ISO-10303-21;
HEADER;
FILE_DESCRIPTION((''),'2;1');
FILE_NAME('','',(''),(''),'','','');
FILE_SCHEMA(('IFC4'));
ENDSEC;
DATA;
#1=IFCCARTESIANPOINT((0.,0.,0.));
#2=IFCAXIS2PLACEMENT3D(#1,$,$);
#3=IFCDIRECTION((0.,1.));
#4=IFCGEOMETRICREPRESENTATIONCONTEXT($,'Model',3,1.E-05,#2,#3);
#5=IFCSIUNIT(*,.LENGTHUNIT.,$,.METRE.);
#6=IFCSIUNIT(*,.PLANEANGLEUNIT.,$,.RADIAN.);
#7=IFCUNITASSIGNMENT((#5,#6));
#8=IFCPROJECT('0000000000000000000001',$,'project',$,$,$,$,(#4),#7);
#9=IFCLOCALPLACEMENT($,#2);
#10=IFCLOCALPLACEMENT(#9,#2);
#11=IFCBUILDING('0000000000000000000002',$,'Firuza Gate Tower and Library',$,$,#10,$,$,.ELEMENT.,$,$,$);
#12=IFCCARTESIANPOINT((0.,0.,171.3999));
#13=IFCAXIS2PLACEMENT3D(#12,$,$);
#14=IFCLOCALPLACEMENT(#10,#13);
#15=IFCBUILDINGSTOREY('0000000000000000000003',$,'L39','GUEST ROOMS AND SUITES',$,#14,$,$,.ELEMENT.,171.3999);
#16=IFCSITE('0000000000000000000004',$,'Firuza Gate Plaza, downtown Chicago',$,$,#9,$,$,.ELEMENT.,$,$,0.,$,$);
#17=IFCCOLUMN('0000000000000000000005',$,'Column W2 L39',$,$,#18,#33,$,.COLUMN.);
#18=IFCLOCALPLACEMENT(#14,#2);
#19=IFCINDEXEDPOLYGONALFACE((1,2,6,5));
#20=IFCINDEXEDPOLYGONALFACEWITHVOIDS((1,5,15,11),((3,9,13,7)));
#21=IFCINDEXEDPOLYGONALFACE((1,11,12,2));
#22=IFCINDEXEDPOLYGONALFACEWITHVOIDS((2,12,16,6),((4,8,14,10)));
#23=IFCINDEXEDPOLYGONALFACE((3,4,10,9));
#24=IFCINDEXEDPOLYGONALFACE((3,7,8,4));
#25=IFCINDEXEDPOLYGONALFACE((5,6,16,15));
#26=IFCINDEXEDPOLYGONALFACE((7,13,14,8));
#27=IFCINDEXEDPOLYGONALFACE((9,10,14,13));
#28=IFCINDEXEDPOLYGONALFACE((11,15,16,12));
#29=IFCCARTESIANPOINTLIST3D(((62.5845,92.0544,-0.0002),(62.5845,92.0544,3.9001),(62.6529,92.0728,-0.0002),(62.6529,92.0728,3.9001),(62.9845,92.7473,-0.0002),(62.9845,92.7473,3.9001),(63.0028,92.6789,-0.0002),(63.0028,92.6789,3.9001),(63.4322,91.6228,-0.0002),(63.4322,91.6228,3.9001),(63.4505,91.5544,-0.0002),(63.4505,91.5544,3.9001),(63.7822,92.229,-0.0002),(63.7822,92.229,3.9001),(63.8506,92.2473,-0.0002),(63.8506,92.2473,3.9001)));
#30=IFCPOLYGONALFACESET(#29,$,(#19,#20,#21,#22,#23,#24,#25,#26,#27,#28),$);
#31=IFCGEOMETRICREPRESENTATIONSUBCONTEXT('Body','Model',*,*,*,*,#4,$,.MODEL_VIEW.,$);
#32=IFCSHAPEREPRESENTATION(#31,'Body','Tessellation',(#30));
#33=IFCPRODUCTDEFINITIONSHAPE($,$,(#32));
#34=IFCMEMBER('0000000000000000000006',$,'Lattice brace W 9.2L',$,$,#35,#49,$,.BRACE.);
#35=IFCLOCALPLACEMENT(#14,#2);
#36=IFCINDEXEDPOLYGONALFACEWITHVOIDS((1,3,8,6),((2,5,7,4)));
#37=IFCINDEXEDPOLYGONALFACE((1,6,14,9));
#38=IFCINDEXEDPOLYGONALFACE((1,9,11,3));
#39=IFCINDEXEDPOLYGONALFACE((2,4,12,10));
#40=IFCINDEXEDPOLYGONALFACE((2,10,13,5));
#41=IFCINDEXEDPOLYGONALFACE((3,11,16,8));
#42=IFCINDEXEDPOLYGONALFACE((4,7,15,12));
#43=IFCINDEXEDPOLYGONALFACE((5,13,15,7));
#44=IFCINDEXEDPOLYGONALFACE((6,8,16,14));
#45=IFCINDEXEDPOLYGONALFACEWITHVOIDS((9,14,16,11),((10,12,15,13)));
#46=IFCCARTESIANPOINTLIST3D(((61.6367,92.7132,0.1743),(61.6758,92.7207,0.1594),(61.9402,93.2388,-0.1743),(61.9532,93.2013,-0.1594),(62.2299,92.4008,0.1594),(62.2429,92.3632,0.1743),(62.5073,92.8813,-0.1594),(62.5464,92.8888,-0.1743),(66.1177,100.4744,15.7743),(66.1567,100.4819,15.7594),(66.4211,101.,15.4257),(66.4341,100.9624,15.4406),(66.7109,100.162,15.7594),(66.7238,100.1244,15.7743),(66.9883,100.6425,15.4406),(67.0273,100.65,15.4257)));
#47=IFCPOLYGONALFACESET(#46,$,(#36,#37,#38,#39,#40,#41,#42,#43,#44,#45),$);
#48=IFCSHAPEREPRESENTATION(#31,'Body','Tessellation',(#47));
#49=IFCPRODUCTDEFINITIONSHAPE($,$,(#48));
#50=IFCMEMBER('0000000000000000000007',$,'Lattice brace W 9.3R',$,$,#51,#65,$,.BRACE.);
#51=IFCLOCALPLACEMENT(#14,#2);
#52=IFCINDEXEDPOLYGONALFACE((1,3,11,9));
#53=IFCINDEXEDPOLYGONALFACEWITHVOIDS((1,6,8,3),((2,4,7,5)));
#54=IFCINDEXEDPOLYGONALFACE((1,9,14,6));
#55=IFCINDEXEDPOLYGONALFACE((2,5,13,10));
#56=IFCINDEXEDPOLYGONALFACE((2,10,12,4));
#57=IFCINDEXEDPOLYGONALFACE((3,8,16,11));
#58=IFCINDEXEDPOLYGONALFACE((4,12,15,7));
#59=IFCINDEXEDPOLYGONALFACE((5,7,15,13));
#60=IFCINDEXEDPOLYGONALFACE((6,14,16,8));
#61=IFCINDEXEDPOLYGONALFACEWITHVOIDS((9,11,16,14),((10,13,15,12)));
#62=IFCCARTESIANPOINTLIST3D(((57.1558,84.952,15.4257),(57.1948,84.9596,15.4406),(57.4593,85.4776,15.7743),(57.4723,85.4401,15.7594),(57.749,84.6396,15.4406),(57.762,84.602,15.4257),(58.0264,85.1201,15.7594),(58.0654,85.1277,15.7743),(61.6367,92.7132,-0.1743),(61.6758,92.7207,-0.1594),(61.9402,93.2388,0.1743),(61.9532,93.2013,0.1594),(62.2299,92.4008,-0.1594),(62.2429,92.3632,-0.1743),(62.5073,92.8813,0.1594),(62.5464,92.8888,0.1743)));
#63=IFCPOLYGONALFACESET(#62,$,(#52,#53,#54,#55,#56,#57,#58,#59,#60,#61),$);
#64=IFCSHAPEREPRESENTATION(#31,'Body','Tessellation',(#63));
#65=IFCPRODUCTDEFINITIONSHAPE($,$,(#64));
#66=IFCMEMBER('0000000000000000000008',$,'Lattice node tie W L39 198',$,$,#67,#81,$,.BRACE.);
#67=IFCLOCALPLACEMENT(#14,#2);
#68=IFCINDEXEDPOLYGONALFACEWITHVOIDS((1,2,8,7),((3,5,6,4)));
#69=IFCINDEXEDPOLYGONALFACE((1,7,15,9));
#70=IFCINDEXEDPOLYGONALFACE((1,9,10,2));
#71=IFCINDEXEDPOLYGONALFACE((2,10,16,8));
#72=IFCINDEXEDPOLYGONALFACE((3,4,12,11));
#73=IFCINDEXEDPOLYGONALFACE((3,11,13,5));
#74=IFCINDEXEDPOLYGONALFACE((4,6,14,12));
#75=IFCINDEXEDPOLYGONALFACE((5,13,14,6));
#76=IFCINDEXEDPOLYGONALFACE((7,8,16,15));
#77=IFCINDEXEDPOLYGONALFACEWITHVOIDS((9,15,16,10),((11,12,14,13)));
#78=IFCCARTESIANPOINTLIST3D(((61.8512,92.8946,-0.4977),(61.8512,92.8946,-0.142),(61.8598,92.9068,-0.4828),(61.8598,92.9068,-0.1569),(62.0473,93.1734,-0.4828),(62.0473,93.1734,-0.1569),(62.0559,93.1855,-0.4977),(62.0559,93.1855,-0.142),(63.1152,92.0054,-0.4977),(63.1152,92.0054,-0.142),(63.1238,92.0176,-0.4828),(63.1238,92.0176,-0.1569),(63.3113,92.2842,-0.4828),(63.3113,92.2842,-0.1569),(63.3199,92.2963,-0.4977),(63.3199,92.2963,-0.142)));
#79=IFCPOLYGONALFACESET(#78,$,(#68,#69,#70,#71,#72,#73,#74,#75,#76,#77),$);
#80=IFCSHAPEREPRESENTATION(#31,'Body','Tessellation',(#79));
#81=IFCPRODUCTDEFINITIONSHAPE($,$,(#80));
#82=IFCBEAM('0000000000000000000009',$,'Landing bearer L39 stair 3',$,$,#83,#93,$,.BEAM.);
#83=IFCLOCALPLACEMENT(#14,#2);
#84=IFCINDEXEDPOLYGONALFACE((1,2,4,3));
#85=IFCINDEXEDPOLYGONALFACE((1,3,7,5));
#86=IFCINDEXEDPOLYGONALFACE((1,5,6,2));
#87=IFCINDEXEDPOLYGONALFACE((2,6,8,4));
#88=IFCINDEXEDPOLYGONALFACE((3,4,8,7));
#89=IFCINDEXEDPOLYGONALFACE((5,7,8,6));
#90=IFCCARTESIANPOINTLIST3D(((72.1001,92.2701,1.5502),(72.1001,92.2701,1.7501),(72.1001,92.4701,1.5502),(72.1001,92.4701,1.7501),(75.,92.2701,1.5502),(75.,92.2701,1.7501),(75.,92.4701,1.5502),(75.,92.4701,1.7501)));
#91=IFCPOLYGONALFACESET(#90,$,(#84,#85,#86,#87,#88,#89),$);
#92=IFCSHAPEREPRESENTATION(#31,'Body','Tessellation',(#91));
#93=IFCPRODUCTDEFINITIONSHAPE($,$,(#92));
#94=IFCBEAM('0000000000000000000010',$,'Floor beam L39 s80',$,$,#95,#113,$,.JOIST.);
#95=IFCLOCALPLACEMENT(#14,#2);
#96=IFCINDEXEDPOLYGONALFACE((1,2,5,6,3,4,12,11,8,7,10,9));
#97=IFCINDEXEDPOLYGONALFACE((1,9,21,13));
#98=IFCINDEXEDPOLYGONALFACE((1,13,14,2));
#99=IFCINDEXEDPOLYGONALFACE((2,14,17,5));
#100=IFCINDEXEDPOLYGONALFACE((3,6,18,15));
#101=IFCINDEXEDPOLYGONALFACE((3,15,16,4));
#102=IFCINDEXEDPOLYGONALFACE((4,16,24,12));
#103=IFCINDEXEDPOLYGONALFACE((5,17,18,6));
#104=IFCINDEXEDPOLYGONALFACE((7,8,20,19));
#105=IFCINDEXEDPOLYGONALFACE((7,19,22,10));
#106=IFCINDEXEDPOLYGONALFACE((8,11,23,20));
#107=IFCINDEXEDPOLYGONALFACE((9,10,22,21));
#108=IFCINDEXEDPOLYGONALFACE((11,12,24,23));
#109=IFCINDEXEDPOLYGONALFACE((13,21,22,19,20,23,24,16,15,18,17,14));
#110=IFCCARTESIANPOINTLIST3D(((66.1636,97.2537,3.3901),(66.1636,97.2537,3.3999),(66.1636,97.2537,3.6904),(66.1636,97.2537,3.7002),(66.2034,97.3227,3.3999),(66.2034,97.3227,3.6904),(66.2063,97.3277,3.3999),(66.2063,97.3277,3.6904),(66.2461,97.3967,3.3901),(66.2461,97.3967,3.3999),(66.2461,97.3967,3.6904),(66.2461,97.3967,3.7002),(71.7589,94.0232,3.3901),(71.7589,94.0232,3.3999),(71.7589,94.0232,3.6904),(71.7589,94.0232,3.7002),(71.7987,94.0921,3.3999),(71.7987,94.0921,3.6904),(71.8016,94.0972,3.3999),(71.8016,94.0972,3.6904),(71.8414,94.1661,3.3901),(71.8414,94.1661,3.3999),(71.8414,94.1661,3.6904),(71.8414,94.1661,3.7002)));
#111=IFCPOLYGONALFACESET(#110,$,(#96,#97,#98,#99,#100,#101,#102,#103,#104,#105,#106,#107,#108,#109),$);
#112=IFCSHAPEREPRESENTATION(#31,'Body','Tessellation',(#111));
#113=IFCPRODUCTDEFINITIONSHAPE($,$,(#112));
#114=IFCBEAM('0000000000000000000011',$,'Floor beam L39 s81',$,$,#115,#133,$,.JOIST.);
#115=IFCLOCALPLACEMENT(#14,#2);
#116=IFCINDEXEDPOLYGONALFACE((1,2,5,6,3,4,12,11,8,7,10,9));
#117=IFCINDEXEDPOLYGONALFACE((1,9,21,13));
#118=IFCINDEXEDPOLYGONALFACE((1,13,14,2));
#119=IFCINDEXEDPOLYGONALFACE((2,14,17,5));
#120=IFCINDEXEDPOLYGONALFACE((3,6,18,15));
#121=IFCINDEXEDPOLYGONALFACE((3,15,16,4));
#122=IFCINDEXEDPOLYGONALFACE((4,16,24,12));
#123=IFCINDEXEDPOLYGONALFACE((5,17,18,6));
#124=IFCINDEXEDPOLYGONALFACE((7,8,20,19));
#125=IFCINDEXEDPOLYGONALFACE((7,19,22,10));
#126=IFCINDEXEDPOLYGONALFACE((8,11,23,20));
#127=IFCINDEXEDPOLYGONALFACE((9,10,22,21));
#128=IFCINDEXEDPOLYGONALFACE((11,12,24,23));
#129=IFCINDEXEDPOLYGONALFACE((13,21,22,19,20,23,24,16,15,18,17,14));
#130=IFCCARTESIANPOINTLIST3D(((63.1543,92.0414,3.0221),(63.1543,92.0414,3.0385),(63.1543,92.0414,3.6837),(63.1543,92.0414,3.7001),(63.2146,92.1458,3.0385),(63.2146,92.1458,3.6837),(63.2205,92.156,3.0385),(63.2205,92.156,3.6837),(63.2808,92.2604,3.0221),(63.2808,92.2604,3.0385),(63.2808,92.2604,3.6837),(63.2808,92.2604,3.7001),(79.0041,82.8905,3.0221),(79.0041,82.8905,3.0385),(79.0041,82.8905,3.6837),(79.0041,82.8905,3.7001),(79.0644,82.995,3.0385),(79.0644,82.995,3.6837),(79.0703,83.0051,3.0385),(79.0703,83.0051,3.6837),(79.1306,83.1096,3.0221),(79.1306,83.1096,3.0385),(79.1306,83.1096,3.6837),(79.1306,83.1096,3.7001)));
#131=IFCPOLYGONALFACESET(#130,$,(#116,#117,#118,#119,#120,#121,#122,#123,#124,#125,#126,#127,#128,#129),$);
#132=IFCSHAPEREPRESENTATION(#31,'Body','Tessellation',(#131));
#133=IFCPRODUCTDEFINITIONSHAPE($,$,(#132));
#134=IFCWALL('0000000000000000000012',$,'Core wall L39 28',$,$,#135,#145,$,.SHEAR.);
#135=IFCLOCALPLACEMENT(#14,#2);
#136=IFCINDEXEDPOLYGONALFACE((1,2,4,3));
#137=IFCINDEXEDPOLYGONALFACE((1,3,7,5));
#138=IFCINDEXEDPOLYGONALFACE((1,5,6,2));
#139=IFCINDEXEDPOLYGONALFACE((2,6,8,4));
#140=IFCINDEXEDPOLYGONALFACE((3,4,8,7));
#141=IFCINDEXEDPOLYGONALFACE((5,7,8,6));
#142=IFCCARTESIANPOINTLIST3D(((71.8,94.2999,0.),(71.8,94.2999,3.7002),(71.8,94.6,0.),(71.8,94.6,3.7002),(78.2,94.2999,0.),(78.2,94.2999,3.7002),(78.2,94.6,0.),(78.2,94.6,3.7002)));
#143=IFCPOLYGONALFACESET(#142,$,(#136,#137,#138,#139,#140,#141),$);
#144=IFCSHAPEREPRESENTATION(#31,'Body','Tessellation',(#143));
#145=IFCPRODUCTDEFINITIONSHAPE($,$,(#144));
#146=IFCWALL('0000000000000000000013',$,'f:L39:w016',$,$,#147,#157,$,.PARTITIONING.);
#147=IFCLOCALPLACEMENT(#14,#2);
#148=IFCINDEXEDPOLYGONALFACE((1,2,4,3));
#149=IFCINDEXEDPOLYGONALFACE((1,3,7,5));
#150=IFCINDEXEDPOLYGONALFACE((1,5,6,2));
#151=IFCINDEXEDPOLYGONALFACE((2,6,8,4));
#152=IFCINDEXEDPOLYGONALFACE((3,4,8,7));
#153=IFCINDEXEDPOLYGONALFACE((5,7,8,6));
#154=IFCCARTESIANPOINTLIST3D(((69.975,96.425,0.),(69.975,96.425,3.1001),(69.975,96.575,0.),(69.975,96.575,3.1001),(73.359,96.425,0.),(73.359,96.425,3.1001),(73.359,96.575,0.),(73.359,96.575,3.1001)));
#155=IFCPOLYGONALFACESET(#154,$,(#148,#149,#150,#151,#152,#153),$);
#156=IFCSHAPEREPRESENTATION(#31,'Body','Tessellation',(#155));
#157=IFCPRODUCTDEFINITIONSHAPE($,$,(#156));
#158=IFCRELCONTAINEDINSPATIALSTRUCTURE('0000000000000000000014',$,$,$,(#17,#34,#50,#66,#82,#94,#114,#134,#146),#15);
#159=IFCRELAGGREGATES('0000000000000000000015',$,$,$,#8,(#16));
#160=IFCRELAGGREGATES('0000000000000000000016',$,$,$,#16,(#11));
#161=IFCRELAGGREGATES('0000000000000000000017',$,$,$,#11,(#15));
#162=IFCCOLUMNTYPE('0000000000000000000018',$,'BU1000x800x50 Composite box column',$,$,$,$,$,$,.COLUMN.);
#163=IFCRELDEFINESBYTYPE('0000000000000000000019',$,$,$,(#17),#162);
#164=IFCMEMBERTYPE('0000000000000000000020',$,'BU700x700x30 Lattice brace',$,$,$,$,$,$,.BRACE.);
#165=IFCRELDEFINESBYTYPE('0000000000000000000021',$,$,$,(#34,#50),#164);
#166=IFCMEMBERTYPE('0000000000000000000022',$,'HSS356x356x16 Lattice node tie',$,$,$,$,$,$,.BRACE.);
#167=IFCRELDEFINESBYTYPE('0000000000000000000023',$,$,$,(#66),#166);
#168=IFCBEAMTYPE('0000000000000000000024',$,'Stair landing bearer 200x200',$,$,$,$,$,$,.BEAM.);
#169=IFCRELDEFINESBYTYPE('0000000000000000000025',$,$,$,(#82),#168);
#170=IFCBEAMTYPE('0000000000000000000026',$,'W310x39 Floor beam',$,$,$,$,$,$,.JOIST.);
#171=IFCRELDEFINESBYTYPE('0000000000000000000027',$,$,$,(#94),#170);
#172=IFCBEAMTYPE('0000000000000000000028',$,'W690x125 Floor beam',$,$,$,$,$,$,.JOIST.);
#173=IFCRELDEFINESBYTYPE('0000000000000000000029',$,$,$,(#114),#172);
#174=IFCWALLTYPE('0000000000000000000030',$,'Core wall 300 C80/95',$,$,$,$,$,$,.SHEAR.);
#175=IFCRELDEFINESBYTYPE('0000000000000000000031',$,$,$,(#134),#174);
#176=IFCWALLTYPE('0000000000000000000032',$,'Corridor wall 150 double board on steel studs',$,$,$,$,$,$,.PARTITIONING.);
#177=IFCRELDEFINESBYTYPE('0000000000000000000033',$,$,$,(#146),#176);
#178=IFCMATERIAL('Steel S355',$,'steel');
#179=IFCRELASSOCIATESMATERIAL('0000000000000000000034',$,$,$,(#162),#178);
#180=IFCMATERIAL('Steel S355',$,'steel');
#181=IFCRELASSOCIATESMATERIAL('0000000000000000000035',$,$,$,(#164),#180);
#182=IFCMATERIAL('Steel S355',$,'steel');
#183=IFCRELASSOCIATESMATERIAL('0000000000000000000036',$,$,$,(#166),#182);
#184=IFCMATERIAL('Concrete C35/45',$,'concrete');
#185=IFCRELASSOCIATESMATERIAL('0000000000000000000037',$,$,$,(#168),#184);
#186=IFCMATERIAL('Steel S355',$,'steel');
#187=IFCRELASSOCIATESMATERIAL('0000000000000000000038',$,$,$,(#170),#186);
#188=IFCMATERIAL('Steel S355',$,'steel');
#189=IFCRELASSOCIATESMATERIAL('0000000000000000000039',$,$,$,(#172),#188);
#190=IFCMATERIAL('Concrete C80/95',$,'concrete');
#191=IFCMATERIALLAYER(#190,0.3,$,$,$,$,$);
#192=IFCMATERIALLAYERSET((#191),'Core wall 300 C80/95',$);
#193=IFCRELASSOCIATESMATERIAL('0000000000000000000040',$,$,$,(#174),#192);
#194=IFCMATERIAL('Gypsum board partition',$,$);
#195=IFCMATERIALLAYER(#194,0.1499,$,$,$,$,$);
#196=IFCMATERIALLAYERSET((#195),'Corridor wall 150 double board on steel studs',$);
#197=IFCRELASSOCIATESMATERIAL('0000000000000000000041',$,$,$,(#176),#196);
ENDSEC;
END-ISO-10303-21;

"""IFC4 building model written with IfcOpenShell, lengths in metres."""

from ifc_helpers import new_model, si_unit, direction, frame, frame_2d, origin, origin_2d, place, context, subcontext, project, spatial, rectangle, hollow_rectangle, i_section, extrude, material, layer, layer_set, material_profile, profile_set, type_object, element, save


model = new_model("IFC4")

# Units and contexts
model_context = context("Model", 3, precision=1e-05, world=origin(), true_north=direction((0.0, 1.0)))
body_context = subcontext(model_context, "Body", "Model", "MODEL_VIEW")
ifc_project = project(units=[si_unit("LENGTHUNIT", "METRE"), si_unit("PLANEANGLEUNIT", "RADIAN")], contexts=[model_context])

# Site, building, storey
site_placement = place(None, origin())
site = spatial("IfcSite", under=ifc_project, at=site_placement, Name="Firuza Gate Plaza, downtown Chicago", CompositionType="ELEMENT", RefElevation=0.0)
building_placement = place(site_placement, origin())
building = spatial("IfcBuilding", under=site, at=building_placement, Name="Firuza Gate Tower and Library", CompositionType="ELEMENT")
storey_placement = place(building_placement, frame((0.0, 0.0, 171.3999)))
storey = spatial("IfcBuildingStorey", under=building, at=storey_placement, Name="L39", Description="GUEST ROOMS AND SUITES", CompositionType="ELEMENT", Elevation=171.3999)

# Column
ifc_material_1 = material(Name="Steel S355", Category="steel")
ifc_material_profile_1 = material_profile(ifc_material_1, hollow_rectangle(XDim=0.8, YDim=1.0, WallThickness=0.05, at=origin_2d()))
ifc_profile_set_1 = profile_set([ifc_material_profile_1], Name="Steel S355")
column_type = type_object("IfcColumnType", Name="BU1000x800x50 Composite box column", PredefinedType="COLUMN", material=ifc_profile_set_1)
column_placement = place(storey_placement, frame((63.2175, 92.1509, -0.0002), z_axis=(0.0, 0.0, 1.0), x_axis=(-0.5, -0.866025, 0.0)))
element("IfcColumn", 1, at=column_placement, inside=storey, type_object=column_type, Name="Column W2 L39", PredefinedType="COLUMN", context=body_context, shape_type="SweptSolid", body=[
    extrude(hollow_rectangle(XDim=0.8, YDim=1.0, WallThickness=0.05, at=origin_2d()), origin(), (0.0, 0.0, 1.0), 3.9004),
])

# Members
ifc_material_2 = material(Name="Steel S355", Category="steel")
ifc_material_profile_2 = material_profile(ifc_material_2, hollow_rectangle(XDim=0.7, YDim=0.7, WallThickness=0.03, at=origin_2d()))
ifc_profile_set_2 = profile_set([ifc_material_profile_2], Name="Steel S355")
member_type_1 = type_object("IfcMemberType", Name="BU700x700x30 Lattice brace", PredefinedType="BRACE", material=ifc_profile_set_2)
for number, where, z_axis, x_axis, name in (
    (2, (62.0916, 92.801, 0.0), (0.249066, 0.431393, 0.867102), (-0.866025, 0.500001, 0.0), "Lattice brace W 9.2L"),
    (3, (62.0916, 92.801, 0.0), (-0.249066, -0.431393, 0.867102), (0.866025, -0.500001, 0.0), "Lattice brace W 9.3R"),
):
    element("IfcMember", number, at=place(storey_placement, frame(where, z_axis=z_axis, x_axis=x_axis)), inside=storey, type_object=member_type_1, Name=name, PredefinedType="BRACE", context=body_context, shape_type="SweptSolid", body=[
        extrude(hollow_rectangle(XDim=0.7, YDim=0.7, WallThickness=0.03, at=origin_2d()), origin(), (0.0, 0.0, 1.0), 17.991),
    ])
ifc_material_3 = material(Name="Steel S355", Category="steel")
ifc_material_profile_3 = material_profile(ifc_material_3, hollow_rectangle(XDim=0.3557, YDim=0.3557, WallThickness=0.0149, at=origin_2d()))
ifc_profile_set_3 = profile_set([ifc_material_profile_3], Name="Steel S355")
member_type_2 = type_object("IfcMemberType", Name="HSS356x356x16 Lattice node tie", PredefinedType="BRACE", material=ifc_profile_set_3)
member_placement = place(storey_placement, frame((63.2175, 92.1509, -0.3198), z_axis=(-0.817886, 0.57538, 0.0), x_axis=(-0.57538, -0.817886, 0.0)))
element("IfcMember", 4, at=member_placement, inside=storey, type_object=member_type_2, Name="Lattice node tie W L39 198", PredefinedType="BRACE", context=body_context, shape_type="SweptSolid", body=[
    extrude(hollow_rectangle(XDim=0.3557, YDim=0.3557, WallThickness=0.0149, at=origin_2d()), origin(), (0.0, 0.0, 1.0), 1.5454),
])

# Beams
ifc_material_4 = material(Name="Concrete C35/45", Category="concrete")
ifc_material_profile_4 = material_profile(ifc_material_4, rectangle(XDim=0.2, YDim=0.2, at=origin_2d()))
ifc_profile_set_4 = profile_set([ifc_material_profile_4], Name="Concrete C35/45")
beam_type_1 = type_object("IfcBeamType", Name="Stair landing bearer 200x200", PredefinedType="BEAM", material=ifc_profile_set_4)
beam_1_placement = place(storey_placement, frame((75.0, 92.3701, 1.6501), z_axis=(-1.0, 0.0, 0.0), x_axis=(0.0, -1.0, 0.0)))
element("IfcBeam", 5, at=beam_1_placement, inside=storey, type_object=beam_type_1, Name="Landing bearer L39 stair 3", PredefinedType="BEAM", context=body_context, shape_type="SweptSolid", body=[
    extrude(rectangle(XDim=0.2, YDim=0.2, at=origin_2d()), origin(), (0.0, 0.0, 1.0), 2.8999),
])
ifc_material_5 = material(Name="Steel S355", Category="steel")
ifc_material_profile_5 = material_profile(ifc_material_5, i_section(OverallWidth=0.165, OverallDepth=0.3101, WebThickness=0.0059, FlangeThickness=0.0098, at=origin_2d()))
ifc_profile_set_5 = profile_set([ifc_material_profile_5], Name="Steel S355")
beam_type_2 = type_object("IfcBeamType", Name="W310x39 Floor beam", PredefinedType="JOIST", material=ifc_profile_set_5)
beam_2_placement = place(storey_placement, frame((66.2048, 97.3252, 3.5452), z_axis=(0.866021, -0.500008, 0.0), x_axis=(0.500008, 0.866021, 0.0)))
element("IfcBeam", 6, at=beam_2_placement, inside=storey, type_object=beam_type_2, Name="Floor beam L39 s80", PredefinedType="JOIST", context=body_context, shape_type="SweptSolid", body=[
    extrude(i_section(OverallWidth=0.165, OverallDepth=0.3101, WebThickness=0.0059, FlangeThickness=0.0098, at=origin_2d()), origin(), (0.0, 0.0, 1.0), 6.4609),
])
ifc_material_6 = material(Name="Steel S355", Category="steel")
ifc_material_profile_6 = material_profile(ifc_material_6, i_section(OverallWidth=0.2529, OverallDepth=0.678, WebThickness=0.0117, FlangeThickness=0.0164, at=origin_2d()))
ifc_profile_set_6 = profile_set([ifc_material_profile_6], Name="Steel S355")
beam_type_3 = type_object("IfcBeamType", Name="W690x125 Floor beam", PredefinedType="JOIST", material=ifc_profile_set_6)
beam_3_placement = place(storey_placement, frame((63.2175, 92.1509, 3.3611), z_axis=(0.866026, -0.499998, 0.0), x_axis=(0.499998, 0.866026, 0.0)))
element("IfcBeam", 7, at=beam_3_placement, inside=storey, type_object=beam_type_3, Name="Floor beam L39 s81", PredefinedType="JOIST", context=body_context, shape_type="SweptSolid", body=[
    extrude(i_section(OverallWidth=0.2529, OverallDepth=0.678, WebThickness=0.0117, FlangeThickness=0.0164, at=origin_2d()), origin(), (0.0, 0.0, 1.0), 18.3018),
])

# Walls
ifc_material_7 = material(Name="Concrete C80/95", Category="concrete")
ifc_layer_1 = layer(ifc_material_7, 0.3)
ifc_layer_set_1 = layer_set([ifc_layer_1], Name="Core wall 300 C80/95")
wall_type_1 = type_object("IfcWallType", Name="Core wall 300 C80/95", PredefinedType="SHEAR", material=ifc_layer_set_1)
wall_1_placement = place(storey_placement, frame((71.8, 94.45, 0.0), z_axis=(0.0, 0.0, 1.0), x_axis=(1.0, 0.0, 0.0)))
element("IfcWall", 8, at=wall_1_placement, inside=storey, type_object=wall_type_1, Name="Core wall L39 28", PredefinedType="SHEAR", context=body_context, shape_type="SweptSolid", body=[
    extrude(rectangle(XDim=6.3999, YDim=0.3, at=frame_2d((3.2, 0.0))), origin(), (0.0, 0.0, 1.0), 3.7002),
])
ifc_material_8 = material(Name="Gypsum board partition")
ifc_layer_2 = layer(ifc_material_8, 0.1499)
ifc_layer_set_2 = layer_set([ifc_layer_2], Name="Corridor wall 150 double board on steel studs")
wall_type_2 = type_object("IfcWallType", Name="Corridor wall 150 double board on steel studs", PredefinedType="PARTITIONING", material=ifc_layer_set_2)
wall_2_placement = place(storey_placement, frame((69.9751, 96.5, 0.0), z_axis=(0.0, 0.0, 1.0), x_axis=(1.0, 0.0, 0.0)))
element("IfcWall", 9, at=wall_2_placement, inside=storey, type_object=wall_type_2, Name="f:L39:w016", PredefinedType="PARTITIONING", context=body_context, shape_type="SweptSolid", body=[
    extrude(rectangle(XDim=3.384, YDim=0.1499, at=frame_2d((1.6919, 0.0))), origin(), (0.0, 0.0, 1.0), 3.1001),
])

save(model, "model.ifc")
